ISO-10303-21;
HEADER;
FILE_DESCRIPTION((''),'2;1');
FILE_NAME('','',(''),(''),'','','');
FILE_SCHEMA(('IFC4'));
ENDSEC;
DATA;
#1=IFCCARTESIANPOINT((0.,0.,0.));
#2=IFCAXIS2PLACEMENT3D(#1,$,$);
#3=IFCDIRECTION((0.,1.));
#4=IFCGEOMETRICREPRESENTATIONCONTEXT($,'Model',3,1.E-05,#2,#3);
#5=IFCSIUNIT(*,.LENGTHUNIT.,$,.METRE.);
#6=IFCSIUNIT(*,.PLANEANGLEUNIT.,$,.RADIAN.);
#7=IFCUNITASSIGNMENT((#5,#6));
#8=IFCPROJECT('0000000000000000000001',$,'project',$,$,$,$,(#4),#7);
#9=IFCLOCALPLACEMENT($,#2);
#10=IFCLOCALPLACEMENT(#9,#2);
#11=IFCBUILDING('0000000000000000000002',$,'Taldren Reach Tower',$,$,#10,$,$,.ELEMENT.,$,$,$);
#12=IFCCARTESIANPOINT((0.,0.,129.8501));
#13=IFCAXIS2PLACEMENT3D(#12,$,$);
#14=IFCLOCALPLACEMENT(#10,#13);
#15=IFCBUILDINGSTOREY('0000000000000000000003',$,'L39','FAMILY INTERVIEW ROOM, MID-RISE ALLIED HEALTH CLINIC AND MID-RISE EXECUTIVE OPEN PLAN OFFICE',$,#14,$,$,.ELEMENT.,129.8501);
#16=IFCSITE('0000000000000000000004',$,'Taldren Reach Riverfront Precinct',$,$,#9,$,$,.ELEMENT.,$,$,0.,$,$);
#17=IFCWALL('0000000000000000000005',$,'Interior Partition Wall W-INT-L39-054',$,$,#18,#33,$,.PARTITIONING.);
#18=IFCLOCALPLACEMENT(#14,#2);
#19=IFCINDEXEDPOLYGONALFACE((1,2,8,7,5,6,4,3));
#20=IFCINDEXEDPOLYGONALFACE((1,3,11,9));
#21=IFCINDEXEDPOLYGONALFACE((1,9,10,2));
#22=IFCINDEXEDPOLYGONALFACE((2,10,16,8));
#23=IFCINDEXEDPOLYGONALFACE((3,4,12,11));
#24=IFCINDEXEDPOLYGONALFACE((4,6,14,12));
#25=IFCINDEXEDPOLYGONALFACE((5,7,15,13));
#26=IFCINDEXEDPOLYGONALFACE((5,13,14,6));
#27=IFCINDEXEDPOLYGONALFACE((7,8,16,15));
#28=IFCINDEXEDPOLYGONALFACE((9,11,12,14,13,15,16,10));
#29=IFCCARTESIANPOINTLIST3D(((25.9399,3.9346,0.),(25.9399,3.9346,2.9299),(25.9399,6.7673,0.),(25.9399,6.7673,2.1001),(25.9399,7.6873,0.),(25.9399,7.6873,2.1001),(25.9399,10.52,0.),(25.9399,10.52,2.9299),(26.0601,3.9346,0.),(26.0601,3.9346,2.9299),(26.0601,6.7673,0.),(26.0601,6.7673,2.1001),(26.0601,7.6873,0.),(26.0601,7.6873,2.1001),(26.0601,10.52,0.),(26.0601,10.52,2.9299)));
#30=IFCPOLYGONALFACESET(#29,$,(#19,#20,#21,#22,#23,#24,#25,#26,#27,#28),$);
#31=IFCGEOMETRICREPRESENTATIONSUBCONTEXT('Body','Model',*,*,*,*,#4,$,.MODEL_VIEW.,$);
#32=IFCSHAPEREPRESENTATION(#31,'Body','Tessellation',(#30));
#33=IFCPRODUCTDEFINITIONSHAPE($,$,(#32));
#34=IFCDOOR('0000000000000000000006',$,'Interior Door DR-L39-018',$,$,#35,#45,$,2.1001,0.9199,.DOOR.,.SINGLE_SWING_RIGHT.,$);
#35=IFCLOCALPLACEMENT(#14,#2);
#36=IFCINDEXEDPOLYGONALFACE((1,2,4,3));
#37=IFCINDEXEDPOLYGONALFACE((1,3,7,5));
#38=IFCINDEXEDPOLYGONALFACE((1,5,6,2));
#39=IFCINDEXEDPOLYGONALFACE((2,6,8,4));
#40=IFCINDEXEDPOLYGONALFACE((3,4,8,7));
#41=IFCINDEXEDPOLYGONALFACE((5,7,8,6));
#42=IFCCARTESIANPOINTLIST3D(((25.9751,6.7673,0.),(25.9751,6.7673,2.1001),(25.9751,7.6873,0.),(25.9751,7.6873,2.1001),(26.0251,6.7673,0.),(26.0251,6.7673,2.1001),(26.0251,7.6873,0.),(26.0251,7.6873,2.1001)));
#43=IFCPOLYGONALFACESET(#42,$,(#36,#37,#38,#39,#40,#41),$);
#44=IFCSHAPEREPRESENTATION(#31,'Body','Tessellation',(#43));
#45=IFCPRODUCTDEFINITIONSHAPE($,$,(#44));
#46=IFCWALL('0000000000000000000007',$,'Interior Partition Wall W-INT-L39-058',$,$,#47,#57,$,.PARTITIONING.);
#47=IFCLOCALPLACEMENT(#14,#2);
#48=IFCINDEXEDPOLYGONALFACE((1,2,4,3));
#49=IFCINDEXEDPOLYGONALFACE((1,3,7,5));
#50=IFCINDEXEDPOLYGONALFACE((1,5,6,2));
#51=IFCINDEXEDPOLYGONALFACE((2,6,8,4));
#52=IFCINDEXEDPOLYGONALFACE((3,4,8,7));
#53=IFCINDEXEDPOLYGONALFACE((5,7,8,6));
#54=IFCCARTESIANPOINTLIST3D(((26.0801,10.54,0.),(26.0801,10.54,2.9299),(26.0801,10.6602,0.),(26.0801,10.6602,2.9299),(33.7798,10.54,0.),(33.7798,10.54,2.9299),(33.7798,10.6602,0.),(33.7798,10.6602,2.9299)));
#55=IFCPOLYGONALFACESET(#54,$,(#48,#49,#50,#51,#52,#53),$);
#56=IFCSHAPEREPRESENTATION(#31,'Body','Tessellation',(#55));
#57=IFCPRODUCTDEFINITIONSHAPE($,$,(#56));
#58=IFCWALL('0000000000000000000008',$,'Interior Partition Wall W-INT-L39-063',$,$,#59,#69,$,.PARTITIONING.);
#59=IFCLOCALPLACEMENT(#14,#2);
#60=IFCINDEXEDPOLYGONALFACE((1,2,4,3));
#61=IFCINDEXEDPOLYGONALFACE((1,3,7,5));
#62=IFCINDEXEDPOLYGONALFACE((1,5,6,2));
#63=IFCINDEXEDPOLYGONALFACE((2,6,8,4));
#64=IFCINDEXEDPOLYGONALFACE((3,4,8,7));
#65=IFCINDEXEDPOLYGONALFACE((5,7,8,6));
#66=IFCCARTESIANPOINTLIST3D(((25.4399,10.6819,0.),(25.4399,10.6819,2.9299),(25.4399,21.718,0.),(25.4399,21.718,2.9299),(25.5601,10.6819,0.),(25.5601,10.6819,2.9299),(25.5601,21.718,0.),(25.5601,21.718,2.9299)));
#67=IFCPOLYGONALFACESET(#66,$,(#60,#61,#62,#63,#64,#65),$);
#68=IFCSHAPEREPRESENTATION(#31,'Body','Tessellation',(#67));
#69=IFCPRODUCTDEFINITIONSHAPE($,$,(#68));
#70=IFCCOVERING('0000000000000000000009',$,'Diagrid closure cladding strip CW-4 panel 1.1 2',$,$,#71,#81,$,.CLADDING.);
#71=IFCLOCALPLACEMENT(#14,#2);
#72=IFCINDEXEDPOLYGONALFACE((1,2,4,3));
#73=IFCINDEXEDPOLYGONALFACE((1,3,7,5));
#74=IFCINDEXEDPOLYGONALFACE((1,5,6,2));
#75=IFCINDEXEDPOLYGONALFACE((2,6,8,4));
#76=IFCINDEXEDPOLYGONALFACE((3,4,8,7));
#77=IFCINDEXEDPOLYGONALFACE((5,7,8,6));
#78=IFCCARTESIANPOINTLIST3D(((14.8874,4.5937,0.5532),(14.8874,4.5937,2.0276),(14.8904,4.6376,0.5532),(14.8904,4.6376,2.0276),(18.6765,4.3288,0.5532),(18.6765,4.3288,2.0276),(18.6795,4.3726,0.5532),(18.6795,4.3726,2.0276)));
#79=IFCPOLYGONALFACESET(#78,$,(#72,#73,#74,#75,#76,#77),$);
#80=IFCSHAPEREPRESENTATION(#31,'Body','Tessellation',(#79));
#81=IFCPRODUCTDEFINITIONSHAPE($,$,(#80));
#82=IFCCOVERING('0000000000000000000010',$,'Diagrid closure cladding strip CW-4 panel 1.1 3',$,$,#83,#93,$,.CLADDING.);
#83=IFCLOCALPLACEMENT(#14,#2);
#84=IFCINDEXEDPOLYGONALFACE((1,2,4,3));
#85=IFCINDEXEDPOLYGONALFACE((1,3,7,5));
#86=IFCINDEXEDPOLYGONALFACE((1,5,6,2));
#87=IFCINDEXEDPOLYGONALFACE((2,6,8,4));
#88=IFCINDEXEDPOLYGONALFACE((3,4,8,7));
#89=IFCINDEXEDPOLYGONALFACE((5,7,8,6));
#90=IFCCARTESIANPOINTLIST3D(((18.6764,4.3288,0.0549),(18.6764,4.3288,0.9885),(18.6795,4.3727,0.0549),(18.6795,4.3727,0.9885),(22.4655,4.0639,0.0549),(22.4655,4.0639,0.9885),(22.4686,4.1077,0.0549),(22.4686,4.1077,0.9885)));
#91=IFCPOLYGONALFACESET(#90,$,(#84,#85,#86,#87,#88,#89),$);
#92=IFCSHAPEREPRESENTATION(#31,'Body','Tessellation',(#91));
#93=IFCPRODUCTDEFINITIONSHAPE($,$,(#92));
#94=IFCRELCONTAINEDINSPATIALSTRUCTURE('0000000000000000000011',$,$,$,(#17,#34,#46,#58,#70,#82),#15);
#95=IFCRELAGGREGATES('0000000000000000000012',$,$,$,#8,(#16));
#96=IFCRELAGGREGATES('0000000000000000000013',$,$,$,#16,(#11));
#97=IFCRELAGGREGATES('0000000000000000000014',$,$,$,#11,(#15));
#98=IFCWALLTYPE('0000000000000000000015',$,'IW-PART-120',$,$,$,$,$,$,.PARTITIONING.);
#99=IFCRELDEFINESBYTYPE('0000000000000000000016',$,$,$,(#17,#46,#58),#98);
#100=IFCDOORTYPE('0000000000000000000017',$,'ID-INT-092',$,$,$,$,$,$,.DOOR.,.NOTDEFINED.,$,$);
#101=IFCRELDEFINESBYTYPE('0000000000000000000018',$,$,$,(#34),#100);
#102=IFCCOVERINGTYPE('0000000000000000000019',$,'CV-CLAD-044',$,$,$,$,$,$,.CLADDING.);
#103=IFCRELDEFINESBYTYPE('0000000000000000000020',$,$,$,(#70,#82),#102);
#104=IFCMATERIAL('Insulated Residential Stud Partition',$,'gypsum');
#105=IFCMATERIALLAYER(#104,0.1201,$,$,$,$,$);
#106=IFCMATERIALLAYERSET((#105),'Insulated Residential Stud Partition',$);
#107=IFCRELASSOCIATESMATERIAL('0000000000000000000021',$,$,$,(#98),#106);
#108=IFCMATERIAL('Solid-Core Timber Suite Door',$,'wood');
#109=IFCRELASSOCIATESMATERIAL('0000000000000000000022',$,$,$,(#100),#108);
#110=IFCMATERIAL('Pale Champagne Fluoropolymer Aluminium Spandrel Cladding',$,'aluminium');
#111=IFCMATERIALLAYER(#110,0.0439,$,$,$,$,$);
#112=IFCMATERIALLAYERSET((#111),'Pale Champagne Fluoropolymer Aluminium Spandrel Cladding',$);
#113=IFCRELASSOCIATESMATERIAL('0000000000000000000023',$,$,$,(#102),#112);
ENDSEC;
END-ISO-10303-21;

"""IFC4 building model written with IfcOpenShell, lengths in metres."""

from ifc_helpers import new_model, si_unit, direction, frame, frame_2d, origin, origin_2d, place, context, subcontext, project, spatial, rectangle, extrude, source, transform, mapped, material, layer, layer_set, type_object, element, fill, save


model = new_model("IFC4")

# Units and contexts
model_context = context("Model", 3, precision=1e-05, world=origin(), true_north=direction((0.0, 1.0)))
body_context = subcontext(model_context, "Body", "Model", "MODEL_VIEW")
ifc_project = project(units=[si_unit("LENGTHUNIT", "METRE"), si_unit("PLANEANGLEUNIT", "RADIAN")], contexts=[model_context])

# Site, building, storey
site_placement = place(None, origin())
site = spatial("IfcSite", under=ifc_project, at=site_placement, Name="Taldren Reach Riverfront Precinct", CompositionType="ELEMENT", RefElevation=0.0)
building_placement = place(site_placement, origin())
building = spatial("IfcBuilding", under=site, at=building_placement, Name="Taldren Reach Tower", CompositionType="ELEMENT")
storey_placement = place(building_placement, frame((0.0, 0.0, 129.8501)))
storey = spatial("IfcBuildingStorey", under=building, at=storey_placement, Name="L39", Description="FAMILY INTERVIEW ROOM, MID-RISE ALLIED HEALTH CLINIC AND MID-RISE EXECUTIVE OPEN PLAN OFFICE", CompositionType="ELEMENT", Elevation=129.8501)

# Wall, opening, door
ifc_material_1 = material(Name="Insulated Residential Stud Partition", Category="gypsum")
ifc_layer_1 = layer(ifc_material_1, 0.1201)
ifc_layer_set_1 = layer_set([ifc_layer_1], Name="Insulated Residential Stud Partition")
wall_type_1 = type_object("IfcWallType", Name="IW-PART-120", PredefinedType="PARTITIONING", material=ifc_layer_set_1)
shared_shape_1 = source(origin(), body_context, "Body", "SweptSolid", [
    extrude(rectangle(XDim=6.5854, YDim=0.1201, at=frame_2d((3.2927, 0.0))), origin(), (0.0, 0.0, 1.0), 2.9299),
])
wall_1_placement = place(storey_placement, frame((26.0, 10.52, 0.0), z_axis=(0.0, 0.0, 1.0), x_axis=(0.0, -1.0, 0.0)))
wall_1 = element("IfcWall", 1, at=wall_1_placement, inside=storey, type_object=wall_type_1, Name="Interior Partition Wall W-INT-L39-054", PredefinedType="PARTITIONING", context=body_context, shape_type="MappedRepresentation", body=[
    mapped(shared_shape_1, transform((0.0, 0.0, 0.0), scale=1.0)),
])
shared_shape_2 = source(origin(), body_context, "Body", "SweptSolid", [
    extrude(rectangle(XDim=0.9199, YDim=2.1001, at=frame_2d((0.46, 1.05))), frame((0.0, 0.0701, 0.0), z_axis=(0.0, -1.0, 0.0), x_axis=(1.0, 0.0, 0.0)), (0.0, 0.0, 1.0), 0.1401),
])
opening_1_placement = place(wall_1_placement, frame((2.8328, 0.0, 0.0)))
opening_1 = element("IfcOpeningElement", 2, at=opening_1_placement, cuts=wall_1, PredefinedType="OPENING", context=body_context, shape_type="MappedRepresentation", body=[
    mapped(shared_shape_2, transform((0.0, 0.0, 0.0), scale=1.0)),
])
ifc_material_2 = material(Name="Solid-Core Timber Suite Door", Category="wood")
door_type_1 = type_object("IfcDoorType", Name="ID-INT-092", OperationType="NOTDEFINED", PredefinedType="DOOR", material=ifc_material_2)
shared_shape_3 = source(origin(), body_context, "Body", "SweptSolid", [
    extrude(rectangle(XDim=0.9199, YDim=2.1001, at=frame_2d((0.46, 1.05))), frame((0.0, 0.0249, 0.0), z_axis=(0.0, -1.0, 0.0), x_axis=(1.0, 0.0, 0.0)), (0.0, 0.0, 1.0), 0.05),
])
door_1_placement = place(opening_1_placement, frame((0.9199, 0.0, 0.0), z_axis=(0.0, 0.0, 1.0), x_axis=(-1.0, 0.0, 0.0)))
door_1 = element("IfcDoor", 3, at=door_1_placement, inside=storey, type_object=door_type_1, Name="Interior Door DR-L39-018", OperationType="SINGLE_SWING_RIGHT", OverallHeight=2.1001, OverallWidth=0.9199, PredefinedType="DOOR", context=body_context, shape_type="MappedRepresentation", body=[
    mapped(shared_shape_3, transform((0.0, 0.0, 0.0), scale=1.0)),
])
fill(opening_1, door_1)

# Walls
shared_shape_4 = source(origin(), body_context, "Body", "SweptSolid", [
    extrude(rectangle(XDim=7.6997, YDim=0.1201, at=frame_2d((3.8499, 0.0))), origin(), (0.0, 0.0, 1.0), 2.9299),
])
wall_2_placement = place(storey_placement, frame((26.0801, 10.6001, 0.0), z_axis=(0.0, 0.0, 1.0), x_axis=(1.0, 0.0, 0.0)))
element("IfcWall", 4, at=wall_2_placement, inside=storey, type_object=wall_type_1, Name="Interior Partition Wall W-INT-L39-058", PredefinedType="PARTITIONING", context=body_context, shape_type="MappedRepresentation", body=[
    mapped(shared_shape_4, transform((0.0, 0.0, 0.0), scale=1.0)),
])
shared_shape_5 = source(origin(), body_context, "Body", "SweptSolid", [
    extrude(rectangle(XDim=11.0361, YDim=0.1201, at=frame_2d((5.5181, 0.0))), origin(), (0.0, 0.0, 1.0), 2.9299),
])
wall_3_placement = place(storey_placement, frame((25.5, 21.718, 0.0), z_axis=(0.0, 0.0, 1.0), x_axis=(0.0, -1.0, 0.0)))
element("IfcWall", 5, at=wall_3_placement, inside=storey, type_object=wall_type_1, Name="Interior Partition Wall W-INT-L39-063", PredefinedType="PARTITIONING", context=body_context, shape_type="MappedRepresentation", body=[
    mapped(shared_shape_5, transform((0.0, 0.0, 0.0), scale=1.0)),
])

# Coverings
ifc_material_3 = material(Name="Pale Champagne Fluoropolymer Aluminium Spandrel Cladding", Category="aluminium")
ifc_layer_2 = layer(ifc_material_3, 0.0439)
ifc_layer_set_2 = layer_set([ifc_layer_2], Name="Pale Champagne Fluoropolymer Aluminium Spandrel Cladding")
covering_type = type_object("IfcCoveringType", Name="CV-CLAD-044", PredefinedType="CLADDING", material=ifc_layer_set_2)
shared_shape_6 = source(origin(), body_context, "Body", "SweptSolid", [
    extrude(rectangle(XDim=3.7983, YDim=0.0439, at=origin_2d()), origin(), (0.0, 0.0, 1.0), 1.4744),
])
covering_1_placement = place(storey_placement, frame((16.7834, 4.4832, 0.5532), z_axis=(0.0, 0.0, 1.0), x_axis=(0.997564, -0.069757, 0.0)))
element("IfcCovering", 6, at=covering_1_placement, inside=storey, type_object=covering_type, Name="Diagrid closure cladding strip CW-4 panel 1.1 2", PredefinedType="CLADDING", context=body_context, shape_type="MappedRepresentation", body=[
    mapped(shared_shape_6, transform((0.0, 0.0, 0.0), scale=1.0)),
])
shared_shape_7 = source(origin(), body_context, "Body", "SweptSolid", [
    extrude(rectangle(XDim=3.7983, YDim=0.0439, at=origin_2d()), origin(), (0.0, 0.0, 1.0), 0.9336),
])
covering_2_placement = place(storey_placement, frame((20.5725, 4.2183, 0.0549), z_axis=(0.0, 0.0, 1.0), x_axis=(0.997564, -0.069757, 0.0)))
element("IfcCovering", 7, at=covering_2_placement, inside=storey, type_object=covering_type, Name="Diagrid closure cladding strip CW-4 panel 1.1 3", PredefinedType="CLADDING", context=body_context, shape_type="MappedRepresentation", body=[
    mapped(shared_shape_7, transform((0.0, 0.0, 0.0), scale=1.0)),
])

save(model, "model.ifc")
